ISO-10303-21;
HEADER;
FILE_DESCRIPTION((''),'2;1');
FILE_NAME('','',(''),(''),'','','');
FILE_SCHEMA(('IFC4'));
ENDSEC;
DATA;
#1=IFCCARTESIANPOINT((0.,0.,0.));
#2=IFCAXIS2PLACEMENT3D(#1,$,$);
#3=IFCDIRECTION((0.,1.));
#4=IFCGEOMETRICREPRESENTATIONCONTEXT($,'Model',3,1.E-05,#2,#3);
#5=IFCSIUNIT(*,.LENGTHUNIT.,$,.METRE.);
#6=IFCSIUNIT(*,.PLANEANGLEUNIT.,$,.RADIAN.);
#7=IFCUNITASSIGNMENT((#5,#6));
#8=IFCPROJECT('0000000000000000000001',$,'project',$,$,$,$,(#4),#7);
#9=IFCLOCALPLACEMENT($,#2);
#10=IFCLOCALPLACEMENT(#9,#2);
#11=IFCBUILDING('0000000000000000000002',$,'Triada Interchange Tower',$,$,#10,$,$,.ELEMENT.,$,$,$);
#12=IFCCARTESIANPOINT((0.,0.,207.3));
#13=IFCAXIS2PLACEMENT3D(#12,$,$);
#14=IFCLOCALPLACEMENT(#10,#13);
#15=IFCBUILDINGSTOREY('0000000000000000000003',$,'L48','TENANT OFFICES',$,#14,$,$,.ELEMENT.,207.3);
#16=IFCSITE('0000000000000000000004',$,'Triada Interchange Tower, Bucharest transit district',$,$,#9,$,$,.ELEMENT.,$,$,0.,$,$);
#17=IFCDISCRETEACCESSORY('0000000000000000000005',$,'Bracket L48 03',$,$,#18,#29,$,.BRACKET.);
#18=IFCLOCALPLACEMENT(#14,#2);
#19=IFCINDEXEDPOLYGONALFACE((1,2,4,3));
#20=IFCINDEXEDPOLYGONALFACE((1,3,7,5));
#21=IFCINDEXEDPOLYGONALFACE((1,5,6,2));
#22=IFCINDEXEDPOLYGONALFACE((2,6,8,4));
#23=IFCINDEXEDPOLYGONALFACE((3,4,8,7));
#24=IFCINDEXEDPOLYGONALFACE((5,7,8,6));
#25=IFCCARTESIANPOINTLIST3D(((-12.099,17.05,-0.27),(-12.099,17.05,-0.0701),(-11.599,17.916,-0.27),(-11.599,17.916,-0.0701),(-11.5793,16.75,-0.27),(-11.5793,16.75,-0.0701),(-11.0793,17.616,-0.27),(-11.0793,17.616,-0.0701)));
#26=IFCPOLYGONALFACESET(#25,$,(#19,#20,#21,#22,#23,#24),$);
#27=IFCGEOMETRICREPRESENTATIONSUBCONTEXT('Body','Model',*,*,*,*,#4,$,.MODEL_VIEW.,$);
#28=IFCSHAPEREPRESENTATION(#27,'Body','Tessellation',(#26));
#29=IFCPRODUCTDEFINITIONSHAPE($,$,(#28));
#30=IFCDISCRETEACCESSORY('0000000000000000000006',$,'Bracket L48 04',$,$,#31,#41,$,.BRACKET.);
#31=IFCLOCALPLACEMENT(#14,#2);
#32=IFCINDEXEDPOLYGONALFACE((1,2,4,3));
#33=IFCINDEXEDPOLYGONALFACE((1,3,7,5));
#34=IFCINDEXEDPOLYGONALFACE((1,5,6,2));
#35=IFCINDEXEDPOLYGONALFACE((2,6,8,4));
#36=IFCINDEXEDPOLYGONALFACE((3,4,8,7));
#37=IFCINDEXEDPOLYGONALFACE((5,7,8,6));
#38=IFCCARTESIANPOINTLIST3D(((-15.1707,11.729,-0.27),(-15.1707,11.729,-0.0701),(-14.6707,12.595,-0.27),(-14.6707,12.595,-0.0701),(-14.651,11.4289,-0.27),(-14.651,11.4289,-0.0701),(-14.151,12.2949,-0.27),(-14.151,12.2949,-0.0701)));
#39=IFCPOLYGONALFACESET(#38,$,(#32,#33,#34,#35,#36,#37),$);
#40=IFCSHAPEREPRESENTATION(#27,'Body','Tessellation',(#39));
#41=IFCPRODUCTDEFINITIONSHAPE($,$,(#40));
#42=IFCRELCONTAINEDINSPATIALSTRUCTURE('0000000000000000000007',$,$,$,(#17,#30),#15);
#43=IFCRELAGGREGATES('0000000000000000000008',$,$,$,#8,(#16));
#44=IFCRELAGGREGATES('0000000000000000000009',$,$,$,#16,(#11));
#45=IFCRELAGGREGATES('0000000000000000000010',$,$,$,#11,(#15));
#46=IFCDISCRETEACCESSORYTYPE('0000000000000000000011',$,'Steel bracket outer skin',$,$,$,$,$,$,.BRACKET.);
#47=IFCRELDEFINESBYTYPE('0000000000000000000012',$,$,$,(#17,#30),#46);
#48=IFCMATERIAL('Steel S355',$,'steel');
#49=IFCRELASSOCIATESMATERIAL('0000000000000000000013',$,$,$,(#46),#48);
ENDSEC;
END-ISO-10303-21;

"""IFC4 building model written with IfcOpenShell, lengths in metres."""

from ifc_helpers import new_model, si_unit, direction, frame, origin, origin_2d, place, context, subcontext, project, spatial, rectangle, extrude, material, type_object, element, save


model = new_model("IFC4")

# Units and contexts
model_context = context("Model", 3, precision=1e-05, world=origin(), true_north=direction((0.0, 1.0)))
body_context = subcontext(model_context, "Body", "Model", "MODEL_VIEW")
ifc_project = project(units=[si_unit("LENGTHUNIT", "METRE"), si_unit("PLANEANGLEUNIT", "RADIAN")], contexts=[model_context])

# Site, building, storey
site_placement = place(None, origin())
site = spatial("IfcSite", under=ifc_project, at=site_placement, Name="Triada Interchange Tower, Bucharest transit district", CompositionType="ELEMENT", RefElevation=0.0)
building_placement = place(site_placement, origin())
building = spatial("IfcBuilding", under=site, at=building_placement, Name="Triada Interchange Tower", CompositionType="ELEMENT")
storey_placement = place(building_placement, frame((0.0, 0.0, 207.3)))
storey = spatial("IfcBuildingStorey", under=building, at=storey_placement, Name="L48", Description="TENANT OFFICES", CompositionType="ELEMENT", Elevation=207.3)

# Discrete accessories
ifc_material_1 = material(Name="Steel S355", Category="steel")
discrete_accessory_type = type_object("IfcDiscreteAccessoryType", Name="Steel bracket outer skin", PredefinedType="BRACKET", material=ifc_material_1)
for number, where, z_axis, x_axis, name in (
    (1, (-11.5891, 17.333, -0.27), (0.0, 0.0, 1.0), (-0.866021, 0.500007, 0.0), "Bracket L48 03"),
    (2, (-14.6609, 12.012, -0.27), (0.0, 0.0, 1.0), (-0.866021, 0.500007, 0.0), "Bracket L48 04"),
):
    element("IfcDiscreteAccessory", number, at=place(storey_placement, frame(where, z_axis=z_axis, x_axis=x_axis)), inside=storey, type_object=discrete_accessory_type, Name=name, PredefinedType="BRACKET", context=body_context, shape_type="SweptSolid", body=[
        extrude(rectangle(XDim=0.6001, YDim=1.0, at=origin_2d()), origin(), (0.0, 0.0, 1.0), 0.2),
    ])

save(model, "model.ifc")
